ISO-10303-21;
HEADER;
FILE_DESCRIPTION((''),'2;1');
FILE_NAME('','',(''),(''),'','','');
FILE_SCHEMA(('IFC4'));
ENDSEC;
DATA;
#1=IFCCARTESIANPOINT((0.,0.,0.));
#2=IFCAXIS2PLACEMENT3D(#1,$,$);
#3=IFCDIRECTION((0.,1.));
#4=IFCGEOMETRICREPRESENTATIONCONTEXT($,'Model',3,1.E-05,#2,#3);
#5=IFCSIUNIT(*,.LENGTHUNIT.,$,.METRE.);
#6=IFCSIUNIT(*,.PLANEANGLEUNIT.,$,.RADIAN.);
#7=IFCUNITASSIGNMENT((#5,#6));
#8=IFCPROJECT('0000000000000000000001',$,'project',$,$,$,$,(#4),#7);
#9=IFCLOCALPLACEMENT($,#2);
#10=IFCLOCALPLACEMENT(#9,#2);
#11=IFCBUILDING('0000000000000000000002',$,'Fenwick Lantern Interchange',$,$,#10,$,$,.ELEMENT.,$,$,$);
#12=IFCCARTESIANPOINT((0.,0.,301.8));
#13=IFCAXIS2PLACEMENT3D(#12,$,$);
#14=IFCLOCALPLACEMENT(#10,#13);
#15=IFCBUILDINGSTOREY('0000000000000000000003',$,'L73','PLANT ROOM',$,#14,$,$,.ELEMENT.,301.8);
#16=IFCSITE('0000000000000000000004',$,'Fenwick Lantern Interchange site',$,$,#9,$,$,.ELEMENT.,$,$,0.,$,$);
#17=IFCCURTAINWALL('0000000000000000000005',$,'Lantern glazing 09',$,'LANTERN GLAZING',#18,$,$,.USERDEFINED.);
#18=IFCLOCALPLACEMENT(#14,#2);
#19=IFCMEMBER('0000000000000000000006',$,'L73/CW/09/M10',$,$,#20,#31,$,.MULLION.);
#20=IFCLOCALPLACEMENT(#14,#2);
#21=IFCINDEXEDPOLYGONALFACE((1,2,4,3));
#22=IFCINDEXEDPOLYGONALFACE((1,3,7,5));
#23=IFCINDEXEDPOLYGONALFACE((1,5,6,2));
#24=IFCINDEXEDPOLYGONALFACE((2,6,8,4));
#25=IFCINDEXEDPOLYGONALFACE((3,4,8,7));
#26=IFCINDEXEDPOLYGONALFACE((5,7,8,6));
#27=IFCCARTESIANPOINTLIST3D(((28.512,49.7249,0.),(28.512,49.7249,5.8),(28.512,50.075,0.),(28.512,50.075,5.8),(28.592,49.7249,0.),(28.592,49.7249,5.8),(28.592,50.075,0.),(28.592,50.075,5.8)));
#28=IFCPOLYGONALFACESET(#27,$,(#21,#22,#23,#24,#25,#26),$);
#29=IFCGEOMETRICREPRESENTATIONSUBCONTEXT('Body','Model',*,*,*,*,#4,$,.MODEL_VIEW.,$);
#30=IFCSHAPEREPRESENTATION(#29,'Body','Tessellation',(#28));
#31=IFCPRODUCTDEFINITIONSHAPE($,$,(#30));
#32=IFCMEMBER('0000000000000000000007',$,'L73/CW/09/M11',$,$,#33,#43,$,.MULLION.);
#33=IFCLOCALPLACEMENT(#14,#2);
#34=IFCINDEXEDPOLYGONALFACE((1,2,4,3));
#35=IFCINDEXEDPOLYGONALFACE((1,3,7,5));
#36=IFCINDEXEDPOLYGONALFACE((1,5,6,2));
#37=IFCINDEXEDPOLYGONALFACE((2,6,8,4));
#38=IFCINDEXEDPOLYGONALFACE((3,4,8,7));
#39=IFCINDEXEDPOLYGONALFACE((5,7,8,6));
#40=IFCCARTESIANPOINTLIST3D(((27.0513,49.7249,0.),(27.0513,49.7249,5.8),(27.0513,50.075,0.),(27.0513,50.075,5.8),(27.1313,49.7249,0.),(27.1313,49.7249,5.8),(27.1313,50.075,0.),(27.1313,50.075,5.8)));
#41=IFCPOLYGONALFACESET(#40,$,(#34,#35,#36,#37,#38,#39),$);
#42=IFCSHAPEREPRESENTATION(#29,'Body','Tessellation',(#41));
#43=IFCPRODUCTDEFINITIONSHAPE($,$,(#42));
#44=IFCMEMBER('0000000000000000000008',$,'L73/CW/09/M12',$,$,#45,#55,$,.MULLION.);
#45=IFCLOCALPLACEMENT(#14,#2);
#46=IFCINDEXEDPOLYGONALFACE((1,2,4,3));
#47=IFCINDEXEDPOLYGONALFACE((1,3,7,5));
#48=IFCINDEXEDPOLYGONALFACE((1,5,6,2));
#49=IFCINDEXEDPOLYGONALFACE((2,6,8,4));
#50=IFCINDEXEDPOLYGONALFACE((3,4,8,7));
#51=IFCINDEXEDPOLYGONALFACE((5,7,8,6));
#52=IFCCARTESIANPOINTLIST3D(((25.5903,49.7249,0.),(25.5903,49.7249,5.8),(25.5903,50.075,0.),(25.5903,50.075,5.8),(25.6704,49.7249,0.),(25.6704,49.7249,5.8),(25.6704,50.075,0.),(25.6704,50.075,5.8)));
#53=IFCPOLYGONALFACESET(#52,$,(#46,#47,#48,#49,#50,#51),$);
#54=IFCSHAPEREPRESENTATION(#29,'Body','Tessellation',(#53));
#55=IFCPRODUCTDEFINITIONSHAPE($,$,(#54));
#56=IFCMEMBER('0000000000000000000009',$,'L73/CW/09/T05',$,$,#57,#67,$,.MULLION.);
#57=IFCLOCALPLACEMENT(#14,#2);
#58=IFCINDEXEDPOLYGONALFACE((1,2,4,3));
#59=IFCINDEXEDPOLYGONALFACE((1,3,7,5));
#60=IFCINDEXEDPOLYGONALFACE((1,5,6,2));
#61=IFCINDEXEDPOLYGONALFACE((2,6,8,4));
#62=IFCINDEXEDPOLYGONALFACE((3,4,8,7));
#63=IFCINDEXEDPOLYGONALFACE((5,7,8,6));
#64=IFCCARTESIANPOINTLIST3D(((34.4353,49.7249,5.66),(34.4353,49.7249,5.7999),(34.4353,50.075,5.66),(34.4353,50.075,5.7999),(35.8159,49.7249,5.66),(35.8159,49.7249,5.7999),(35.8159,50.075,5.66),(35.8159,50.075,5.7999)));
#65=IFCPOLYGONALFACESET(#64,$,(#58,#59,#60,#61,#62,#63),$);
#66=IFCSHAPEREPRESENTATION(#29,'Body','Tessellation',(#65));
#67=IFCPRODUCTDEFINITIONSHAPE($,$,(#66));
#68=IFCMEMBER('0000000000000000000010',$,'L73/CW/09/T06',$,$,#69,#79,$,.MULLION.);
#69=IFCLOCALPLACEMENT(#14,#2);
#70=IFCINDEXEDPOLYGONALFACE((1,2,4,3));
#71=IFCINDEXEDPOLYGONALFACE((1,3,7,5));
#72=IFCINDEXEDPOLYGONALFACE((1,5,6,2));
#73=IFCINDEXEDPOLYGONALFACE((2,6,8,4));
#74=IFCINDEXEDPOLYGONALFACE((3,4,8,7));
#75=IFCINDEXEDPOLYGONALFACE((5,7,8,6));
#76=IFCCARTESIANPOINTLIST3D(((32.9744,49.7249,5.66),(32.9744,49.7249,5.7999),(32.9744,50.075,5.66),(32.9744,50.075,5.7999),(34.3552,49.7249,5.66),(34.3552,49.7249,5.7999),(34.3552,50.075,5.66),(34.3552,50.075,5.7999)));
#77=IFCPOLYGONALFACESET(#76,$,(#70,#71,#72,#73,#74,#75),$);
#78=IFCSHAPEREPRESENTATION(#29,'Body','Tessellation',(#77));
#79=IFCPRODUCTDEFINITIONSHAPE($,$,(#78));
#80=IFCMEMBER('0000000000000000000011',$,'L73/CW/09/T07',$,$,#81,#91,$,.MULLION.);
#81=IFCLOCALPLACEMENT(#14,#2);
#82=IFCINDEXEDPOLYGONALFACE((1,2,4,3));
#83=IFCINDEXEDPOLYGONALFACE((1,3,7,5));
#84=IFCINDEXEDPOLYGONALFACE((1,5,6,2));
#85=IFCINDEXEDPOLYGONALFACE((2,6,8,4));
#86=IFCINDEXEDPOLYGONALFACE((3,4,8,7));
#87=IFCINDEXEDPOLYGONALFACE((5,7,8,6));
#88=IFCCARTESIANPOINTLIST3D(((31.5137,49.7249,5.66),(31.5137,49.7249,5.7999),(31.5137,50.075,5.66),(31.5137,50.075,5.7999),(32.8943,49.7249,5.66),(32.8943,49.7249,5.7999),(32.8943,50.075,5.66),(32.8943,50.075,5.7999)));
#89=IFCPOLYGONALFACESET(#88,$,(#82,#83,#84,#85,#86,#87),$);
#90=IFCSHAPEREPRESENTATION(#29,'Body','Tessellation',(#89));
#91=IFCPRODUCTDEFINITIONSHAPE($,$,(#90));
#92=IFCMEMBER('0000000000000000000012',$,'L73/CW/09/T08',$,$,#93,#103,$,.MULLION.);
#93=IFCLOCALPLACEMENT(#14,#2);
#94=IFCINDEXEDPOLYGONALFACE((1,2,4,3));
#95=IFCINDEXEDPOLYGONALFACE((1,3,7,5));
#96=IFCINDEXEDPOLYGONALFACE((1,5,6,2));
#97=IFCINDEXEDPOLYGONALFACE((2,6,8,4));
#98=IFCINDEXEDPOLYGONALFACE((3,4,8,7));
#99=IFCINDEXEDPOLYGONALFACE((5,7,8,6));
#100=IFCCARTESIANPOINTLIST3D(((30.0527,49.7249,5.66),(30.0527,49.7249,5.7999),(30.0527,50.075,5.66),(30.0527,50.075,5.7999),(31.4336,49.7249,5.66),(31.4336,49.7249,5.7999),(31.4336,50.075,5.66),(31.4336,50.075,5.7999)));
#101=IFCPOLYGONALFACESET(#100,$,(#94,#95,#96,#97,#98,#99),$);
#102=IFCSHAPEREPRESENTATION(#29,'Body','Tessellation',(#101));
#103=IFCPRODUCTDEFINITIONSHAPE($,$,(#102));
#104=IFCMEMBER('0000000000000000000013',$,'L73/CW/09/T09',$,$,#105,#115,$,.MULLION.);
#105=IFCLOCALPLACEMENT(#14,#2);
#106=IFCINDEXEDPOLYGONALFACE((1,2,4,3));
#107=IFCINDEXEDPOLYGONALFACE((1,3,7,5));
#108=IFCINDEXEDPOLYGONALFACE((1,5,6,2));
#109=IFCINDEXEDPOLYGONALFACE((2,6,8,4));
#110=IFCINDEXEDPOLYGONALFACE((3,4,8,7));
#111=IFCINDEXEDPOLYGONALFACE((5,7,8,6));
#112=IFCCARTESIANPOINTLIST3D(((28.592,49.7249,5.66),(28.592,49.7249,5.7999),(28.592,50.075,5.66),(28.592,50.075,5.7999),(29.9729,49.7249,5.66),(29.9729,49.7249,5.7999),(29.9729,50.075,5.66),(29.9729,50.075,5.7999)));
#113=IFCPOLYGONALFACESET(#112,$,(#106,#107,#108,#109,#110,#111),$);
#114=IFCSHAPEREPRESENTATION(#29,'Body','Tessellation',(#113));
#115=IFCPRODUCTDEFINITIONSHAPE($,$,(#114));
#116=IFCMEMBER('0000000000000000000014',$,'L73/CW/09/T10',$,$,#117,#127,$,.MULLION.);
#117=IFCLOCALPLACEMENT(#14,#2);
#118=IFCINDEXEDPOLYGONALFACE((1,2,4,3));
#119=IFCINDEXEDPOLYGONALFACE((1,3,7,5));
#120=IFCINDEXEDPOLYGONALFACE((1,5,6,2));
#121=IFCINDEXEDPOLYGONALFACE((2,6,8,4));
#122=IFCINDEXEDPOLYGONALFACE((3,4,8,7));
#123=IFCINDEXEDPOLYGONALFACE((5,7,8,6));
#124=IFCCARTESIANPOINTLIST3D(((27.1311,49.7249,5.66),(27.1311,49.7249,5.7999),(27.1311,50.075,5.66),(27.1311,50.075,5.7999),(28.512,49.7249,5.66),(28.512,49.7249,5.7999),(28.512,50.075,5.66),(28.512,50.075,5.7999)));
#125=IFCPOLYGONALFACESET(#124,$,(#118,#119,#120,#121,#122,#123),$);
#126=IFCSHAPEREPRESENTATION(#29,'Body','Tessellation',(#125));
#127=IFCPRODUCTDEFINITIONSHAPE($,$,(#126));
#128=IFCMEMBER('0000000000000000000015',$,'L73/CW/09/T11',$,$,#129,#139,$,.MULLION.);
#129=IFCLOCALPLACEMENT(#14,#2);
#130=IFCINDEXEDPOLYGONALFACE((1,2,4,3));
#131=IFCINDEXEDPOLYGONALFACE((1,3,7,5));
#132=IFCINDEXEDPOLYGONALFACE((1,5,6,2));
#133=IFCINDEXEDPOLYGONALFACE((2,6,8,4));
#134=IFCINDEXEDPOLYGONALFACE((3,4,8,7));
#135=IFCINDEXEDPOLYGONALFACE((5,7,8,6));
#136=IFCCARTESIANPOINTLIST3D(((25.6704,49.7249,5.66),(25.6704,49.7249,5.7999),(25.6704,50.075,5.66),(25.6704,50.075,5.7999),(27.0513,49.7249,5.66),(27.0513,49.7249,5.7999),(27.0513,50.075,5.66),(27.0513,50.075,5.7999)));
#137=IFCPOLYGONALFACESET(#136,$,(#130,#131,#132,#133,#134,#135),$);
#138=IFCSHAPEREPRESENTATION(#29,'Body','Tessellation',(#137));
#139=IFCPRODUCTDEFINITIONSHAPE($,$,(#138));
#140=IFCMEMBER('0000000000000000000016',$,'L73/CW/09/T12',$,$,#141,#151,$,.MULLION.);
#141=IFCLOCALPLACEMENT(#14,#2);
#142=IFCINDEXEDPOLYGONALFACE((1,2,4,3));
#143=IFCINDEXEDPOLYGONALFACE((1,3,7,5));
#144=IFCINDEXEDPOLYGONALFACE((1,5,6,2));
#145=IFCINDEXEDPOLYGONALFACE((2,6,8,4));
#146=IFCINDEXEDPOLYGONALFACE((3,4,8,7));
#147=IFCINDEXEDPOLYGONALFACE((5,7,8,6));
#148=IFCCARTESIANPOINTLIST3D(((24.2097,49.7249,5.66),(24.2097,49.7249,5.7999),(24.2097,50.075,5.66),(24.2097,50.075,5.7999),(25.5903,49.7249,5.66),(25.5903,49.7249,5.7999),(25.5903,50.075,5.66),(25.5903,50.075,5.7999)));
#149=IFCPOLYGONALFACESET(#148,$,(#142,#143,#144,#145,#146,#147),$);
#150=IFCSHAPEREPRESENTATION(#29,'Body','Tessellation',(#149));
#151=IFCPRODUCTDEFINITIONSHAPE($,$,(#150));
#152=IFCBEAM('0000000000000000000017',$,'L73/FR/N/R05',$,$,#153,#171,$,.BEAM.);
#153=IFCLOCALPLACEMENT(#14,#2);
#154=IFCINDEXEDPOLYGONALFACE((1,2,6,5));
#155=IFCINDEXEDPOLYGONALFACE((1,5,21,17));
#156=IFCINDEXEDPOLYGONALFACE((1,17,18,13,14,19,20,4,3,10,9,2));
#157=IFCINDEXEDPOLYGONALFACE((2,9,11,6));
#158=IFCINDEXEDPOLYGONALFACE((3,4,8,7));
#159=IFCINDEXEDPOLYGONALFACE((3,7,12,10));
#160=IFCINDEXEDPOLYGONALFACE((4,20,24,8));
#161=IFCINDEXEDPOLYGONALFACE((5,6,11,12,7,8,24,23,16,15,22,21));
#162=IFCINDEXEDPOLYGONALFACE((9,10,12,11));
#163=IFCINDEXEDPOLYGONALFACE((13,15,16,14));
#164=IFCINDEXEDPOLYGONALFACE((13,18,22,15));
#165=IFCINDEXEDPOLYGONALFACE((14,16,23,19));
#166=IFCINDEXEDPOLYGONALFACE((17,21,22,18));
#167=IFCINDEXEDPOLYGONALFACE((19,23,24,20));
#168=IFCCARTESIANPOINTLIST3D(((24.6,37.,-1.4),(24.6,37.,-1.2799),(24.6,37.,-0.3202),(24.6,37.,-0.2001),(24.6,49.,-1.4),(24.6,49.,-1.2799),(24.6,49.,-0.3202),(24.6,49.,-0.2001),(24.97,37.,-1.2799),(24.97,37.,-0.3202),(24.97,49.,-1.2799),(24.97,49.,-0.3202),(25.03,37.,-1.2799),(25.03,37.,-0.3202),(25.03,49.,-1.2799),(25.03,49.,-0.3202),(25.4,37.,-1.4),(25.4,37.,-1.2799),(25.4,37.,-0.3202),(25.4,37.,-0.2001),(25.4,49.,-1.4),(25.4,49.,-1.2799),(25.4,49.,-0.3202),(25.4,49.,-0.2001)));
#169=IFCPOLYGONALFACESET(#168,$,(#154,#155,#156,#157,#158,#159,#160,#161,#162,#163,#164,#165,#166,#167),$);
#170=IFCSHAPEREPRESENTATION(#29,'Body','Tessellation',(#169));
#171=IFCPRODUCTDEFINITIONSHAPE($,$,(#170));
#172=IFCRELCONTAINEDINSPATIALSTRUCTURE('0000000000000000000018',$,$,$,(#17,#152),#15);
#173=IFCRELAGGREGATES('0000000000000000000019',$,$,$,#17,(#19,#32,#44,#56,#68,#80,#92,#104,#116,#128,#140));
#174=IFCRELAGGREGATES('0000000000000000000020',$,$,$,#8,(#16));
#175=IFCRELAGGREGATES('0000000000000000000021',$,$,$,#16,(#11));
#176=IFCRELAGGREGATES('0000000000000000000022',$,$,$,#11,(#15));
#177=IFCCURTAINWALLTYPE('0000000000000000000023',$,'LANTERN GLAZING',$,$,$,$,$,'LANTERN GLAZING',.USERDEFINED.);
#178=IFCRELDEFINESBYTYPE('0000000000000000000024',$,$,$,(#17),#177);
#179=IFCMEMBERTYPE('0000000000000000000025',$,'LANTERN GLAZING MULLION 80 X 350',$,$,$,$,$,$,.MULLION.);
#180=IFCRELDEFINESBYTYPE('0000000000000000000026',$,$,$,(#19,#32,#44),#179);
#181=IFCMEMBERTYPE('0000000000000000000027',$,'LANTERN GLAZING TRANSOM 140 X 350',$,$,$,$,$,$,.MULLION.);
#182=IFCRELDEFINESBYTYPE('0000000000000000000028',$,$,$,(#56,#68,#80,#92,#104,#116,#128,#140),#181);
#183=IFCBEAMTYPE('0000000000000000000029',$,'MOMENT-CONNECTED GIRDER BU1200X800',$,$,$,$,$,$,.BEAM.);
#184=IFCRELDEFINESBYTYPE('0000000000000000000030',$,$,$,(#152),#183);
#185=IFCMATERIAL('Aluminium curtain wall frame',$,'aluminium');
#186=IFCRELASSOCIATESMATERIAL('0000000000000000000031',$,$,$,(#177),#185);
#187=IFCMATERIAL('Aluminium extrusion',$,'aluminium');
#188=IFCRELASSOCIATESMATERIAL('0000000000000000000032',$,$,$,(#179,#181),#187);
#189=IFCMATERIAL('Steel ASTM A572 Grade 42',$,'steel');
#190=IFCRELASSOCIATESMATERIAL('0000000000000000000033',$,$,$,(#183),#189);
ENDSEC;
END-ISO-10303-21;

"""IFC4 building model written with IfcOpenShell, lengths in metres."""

from ifc_helpers import new_model, si_unit, direction, frame, origin, origin_2d, place, context, subcontext, project, spatial, rectangle, i_section, extrude, material, material_profile, profile_set, type_object, element, aggregate, save


model = new_model("IFC4")

# Units and contexts
model_context = context("Model", 3, precision=1e-05, world=origin(), true_north=direction((0.0, 1.0)))
body_context = subcontext(model_context, "Body", "Model", "MODEL_VIEW")
ifc_project = project(units=[si_unit("LENGTHUNIT", "METRE"), si_unit("PLANEANGLEUNIT", "RADIAN")], contexts=[model_context])

# Site, building, storey
site_placement = place(None, origin())
site = spatial("IfcSite", under=ifc_project, at=site_placement, Name="Fenwick Lantern Interchange site", CompositionType="ELEMENT", RefElevation=0.0)
building_placement = place(site_placement, origin())
building = spatial("IfcBuilding", under=site, at=building_placement, Name="Fenwick Lantern Interchange", CompositionType="ELEMENT")
storey_placement = place(building_placement, frame((0.0, 0.0, 301.8)))
storey = spatial("IfcBuildingStorey", under=building, at=storey_placement, Name="L73", Description="PLANT ROOM", CompositionType="ELEMENT", Elevation=301.8)

# Curtain wall, members
ifc_material_1 = material(Name="Aluminium curtain wall frame", Category="aluminium")
curtain_wall_type = type_object("IfcCurtainWallType", Name="LANTERN GLAZING", ElementType="LANTERN GLAZING", PredefinedType="USERDEFINED", material=ifc_material_1)
curtain_wall_placement = place(storey_placement, origin())
curtain_wall = element("IfcCurtainWall", 1, at=curtain_wall_placement, inside=storey, type_object=curtain_wall_type, Name="Lantern glazing 09", ObjectType="LANTERN GLAZING", PredefinedType="USERDEFINED")
ifc_material_2 = material(Name="Aluminium extrusion", Category="aluminium")
ifc_material_profile_1 = material_profile(ifc_material_2, rectangle(XDim=0.3501, YDim=0.0801, at=origin_2d()), Name="LANTERN GLAZING MULLION 80 X 350")
ifc_profile_set_1 = profile_set([ifc_material_profile_1], Name="Aluminium extrusion")
member_type_1 = type_object("IfcMemberType", Name="LANTERN GLAZING MULLION 80 X 350", PredefinedType="MULLION", material=ifc_profile_set_1)
member_1_placement = place(storey_placement, frame((28.552, 49.8999, 0.0), z_axis=(0.0, 0.0, 1.0), x_axis=(0.0, -1.0, 0.0)))
member_1 = element("IfcMember", 2, at=member_1_placement, type_object=member_type_1, Name="L73/CW/09/M10", PredefinedType="MULLION", context=body_context, shape_type="SweptSolid", body=[
    extrude(rectangle(XDim=0.3501, YDim=0.0801, at=origin_2d()), origin(), (0.0, 0.0, 1.0), 5.8),
])
member_2_placement = place(storey_placement, frame((27.0913, 49.8999, 0.0), z_axis=(0.0, 0.0, 1.0), x_axis=(0.0, -1.0, 0.0)))
member_2 = element("IfcMember", 3, at=member_2_placement, type_object=member_type_1, Name="L73/CW/09/M11", PredefinedType="MULLION", context=body_context, shape_type="SweptSolid", body=[
    extrude(rectangle(XDim=0.3501, YDim=0.0801, at=origin_2d()), origin(), (0.0, 0.0, 1.0), 5.8),
])
member_3_placement = place(storey_placement, frame((25.6304, 49.8999, 0.0), z_axis=(0.0, 0.0, 1.0), x_axis=(0.0, -1.0, 0.0)))
member_3 = element("IfcMember", 4, at=member_3_placement, type_object=member_type_1, Name="L73/CW/09/M12", PredefinedType="MULLION", context=body_context, shape_type="SweptSolid", body=[
    extrude(rectangle(XDim=0.3501, YDim=0.0801, at=origin_2d()), origin(), (0.0, 0.0, 1.0), 5.8),
])
ifc_material_profile_2 = material_profile(ifc_material_2, rectangle(XDim=0.3501, YDim=0.1399, at=origin_2d()), Name="LANTERN GLAZING TRANSOM 140 X 350")
ifc_profile_set_2 = profile_set([ifc_material_profile_2], Name="Aluminium extrusion")
member_type_2 = type_object("IfcMemberType", Name="LANTERN GLAZING TRANSOM 140 X 350", PredefinedType="MULLION", material=ifc_profile_set_2)
member_4_placement = place(storey_placement, frame((35.8159, 49.8999, 5.73), z_axis=(-1.0, 0.0, 0.0), x_axis=(0.0, -1.0, 0.0)))
member_4 = element("IfcMember", 5, at=member_4_placement, type_object=member_type_2, Name="L73/CW/09/T05", PredefinedType="MULLION", context=body_context, shape_type="SweptSolid", body=[
    extrude(rectangle(XDim=0.3501, YDim=0.1399, at=origin_2d()), origin(), (0.0, 0.0, 1.0), 1.3806),
])
member_5_placement = place(storey_placement, frame((34.3552, 49.8999, 5.73), z_axis=(-1.0, 0.0, 0.0), x_axis=(0.0, -1.0, 0.0)))
member_5 = element("IfcMember", 6, at=member_5_placement, type_object=member_type_2, Name="L73/CW/09/T06", PredefinedType="MULLION", context=body_context, shape_type="SweptSolid", body=[
    extrude(rectangle(XDim=0.3501, YDim=0.1399, at=origin_2d()), origin(), (0.0, 0.0, 1.0), 1.3809),
])
member_6_placement = place(storey_placement, frame((32.8943, 49.8999, 5.73), z_axis=(-1.0, 0.0, 0.0), x_axis=(0.0, -1.0, 0.0)))
member_6 = element("IfcMember", 7, at=member_6_placement, type_object=member_type_2, Name="L73/CW/09/T07", PredefinedType="MULLION", context=body_context, shape_type="SweptSolid", body=[
    extrude(rectangle(XDim=0.3501, YDim=0.1399, at=origin_2d()), origin(), (0.0, 0.0, 1.0), 1.3806),
])
member_7_placement = place(storey_placement, frame((31.4336, 49.8999, 5.73), z_axis=(-1.0, 0.0, 0.0), x_axis=(0.0, -1.0, 0.0)))
member_7 = element("IfcMember", 8, at=member_7_placement, type_object=member_type_2, Name="L73/CW/09/T08", PredefinedType="MULLION", context=body_context, shape_type="SweptSolid", body=[
    extrude(rectangle(XDim=0.3501, YDim=0.1399, at=origin_2d()), origin(), (0.0, 0.0, 1.0), 1.3809),
])
member_8_placement = place(storey_placement, frame((29.9729, 49.8999, 5.73), z_axis=(-1.0, 0.0, 0.0), x_axis=(0.0, -1.0, 0.0)))
member_8 = element("IfcMember", 9, at=member_8_placement, type_object=member_type_2, Name="L73/CW/09/T09", PredefinedType="MULLION", context=body_context, shape_type="SweptSolid", body=[
    extrude(rectangle(XDim=0.3501, YDim=0.1399, at=origin_2d()), origin(), (0.0, 0.0, 1.0), 1.3809),
])
member_9_placement = place(storey_placement, frame((28.512, 49.8999, 5.73), z_axis=(-1.0, 0.0, 0.0), x_axis=(0.0, -1.0, 0.0)))
member_9 = element("IfcMember", 10, at=member_9_placement, type_object=member_type_2, Name="L73/CW/09/T10", PredefinedType="MULLION", context=body_context, shape_type="SweptSolid", body=[
    extrude(rectangle(XDim=0.3501, YDim=0.1399, at=origin_2d()), origin(), (0.0, 0.0, 1.0), 1.3809),
])
member_10_placement = place(storey_placement, frame((27.0513, 49.8999, 5.73), z_axis=(-1.0, 0.0, 0.0), x_axis=(0.0, -1.0, 0.0)))
member_10 = element("IfcMember", 11, at=member_10_placement, type_object=member_type_2, Name="L73/CW/09/T11", PredefinedType="MULLION", context=body_context, shape_type="SweptSolid", body=[
    extrude(rectangle(XDim=0.3501, YDim=0.1399, at=origin_2d()), origin(), (0.0, 0.0, 1.0), 1.3809),
])
member_11_placement = place(storey_placement, frame((25.5903, 49.8999, 5.73), z_axis=(-1.0, 0.0, 0.0), x_axis=(0.0, -1.0, 0.0)))
member_11 = element("IfcMember", 12, at=member_11_placement, type_object=member_type_2, Name="L73/CW/09/T12", PredefinedType="MULLION", context=body_context, shape_type="SweptSolid", body=[
    extrude(rectangle(XDim=0.3501, YDim=0.1399, at=origin_2d()), origin(), (0.0, 0.0, 1.0), 1.3806),
])
aggregate(curtain_wall, [member_1, member_2, member_3, member_4, member_5, member_6, member_7, member_8, member_9, member_10, member_11])

# Beam
ifc_material_3 = material(Name="Steel ASTM A572 Grade 42", Category="steel")
ifc_material_profile_3 = material_profile(ifc_material_3, i_section(OverallWidth=0.8, OverallDepth=1.2, WebThickness=0.0601, FlangeThickness=0.1201, at=origin_2d()), Name="BU1200X800")
ifc_profile_set_3 = profile_set([ifc_material_profile_3], Name="Steel ASTM A572 Grade 42")
beam_type_1 = type_object("IfcBeamType", Name="MOMENT-CONNECTED GIRDER BU1200X800", PredefinedType="BEAM", material=ifc_profile_set_3)
beam_placement = place(storey_placement, frame((25.0, 49.0, -0.8), z_axis=(0.0, -1.0, 0.0), x_axis=(1.0, 0.0, 0.0)))
element("IfcBeam", 13, at=beam_placement, inside=storey, type_object=beam_type_1, Name="L73/FR/N/R05", PredefinedType="BEAM", context=body_context, shape_type="SweptSolid", body=[
    extrude(i_section(OverallWidth=0.8, OverallDepth=1.2, WebThickness=0.0601, FlangeThickness=0.1201, at=origin_2d()), origin(), (0.0, 0.0, 1.0), 12.0),
])

save(model, "model.ifc")
